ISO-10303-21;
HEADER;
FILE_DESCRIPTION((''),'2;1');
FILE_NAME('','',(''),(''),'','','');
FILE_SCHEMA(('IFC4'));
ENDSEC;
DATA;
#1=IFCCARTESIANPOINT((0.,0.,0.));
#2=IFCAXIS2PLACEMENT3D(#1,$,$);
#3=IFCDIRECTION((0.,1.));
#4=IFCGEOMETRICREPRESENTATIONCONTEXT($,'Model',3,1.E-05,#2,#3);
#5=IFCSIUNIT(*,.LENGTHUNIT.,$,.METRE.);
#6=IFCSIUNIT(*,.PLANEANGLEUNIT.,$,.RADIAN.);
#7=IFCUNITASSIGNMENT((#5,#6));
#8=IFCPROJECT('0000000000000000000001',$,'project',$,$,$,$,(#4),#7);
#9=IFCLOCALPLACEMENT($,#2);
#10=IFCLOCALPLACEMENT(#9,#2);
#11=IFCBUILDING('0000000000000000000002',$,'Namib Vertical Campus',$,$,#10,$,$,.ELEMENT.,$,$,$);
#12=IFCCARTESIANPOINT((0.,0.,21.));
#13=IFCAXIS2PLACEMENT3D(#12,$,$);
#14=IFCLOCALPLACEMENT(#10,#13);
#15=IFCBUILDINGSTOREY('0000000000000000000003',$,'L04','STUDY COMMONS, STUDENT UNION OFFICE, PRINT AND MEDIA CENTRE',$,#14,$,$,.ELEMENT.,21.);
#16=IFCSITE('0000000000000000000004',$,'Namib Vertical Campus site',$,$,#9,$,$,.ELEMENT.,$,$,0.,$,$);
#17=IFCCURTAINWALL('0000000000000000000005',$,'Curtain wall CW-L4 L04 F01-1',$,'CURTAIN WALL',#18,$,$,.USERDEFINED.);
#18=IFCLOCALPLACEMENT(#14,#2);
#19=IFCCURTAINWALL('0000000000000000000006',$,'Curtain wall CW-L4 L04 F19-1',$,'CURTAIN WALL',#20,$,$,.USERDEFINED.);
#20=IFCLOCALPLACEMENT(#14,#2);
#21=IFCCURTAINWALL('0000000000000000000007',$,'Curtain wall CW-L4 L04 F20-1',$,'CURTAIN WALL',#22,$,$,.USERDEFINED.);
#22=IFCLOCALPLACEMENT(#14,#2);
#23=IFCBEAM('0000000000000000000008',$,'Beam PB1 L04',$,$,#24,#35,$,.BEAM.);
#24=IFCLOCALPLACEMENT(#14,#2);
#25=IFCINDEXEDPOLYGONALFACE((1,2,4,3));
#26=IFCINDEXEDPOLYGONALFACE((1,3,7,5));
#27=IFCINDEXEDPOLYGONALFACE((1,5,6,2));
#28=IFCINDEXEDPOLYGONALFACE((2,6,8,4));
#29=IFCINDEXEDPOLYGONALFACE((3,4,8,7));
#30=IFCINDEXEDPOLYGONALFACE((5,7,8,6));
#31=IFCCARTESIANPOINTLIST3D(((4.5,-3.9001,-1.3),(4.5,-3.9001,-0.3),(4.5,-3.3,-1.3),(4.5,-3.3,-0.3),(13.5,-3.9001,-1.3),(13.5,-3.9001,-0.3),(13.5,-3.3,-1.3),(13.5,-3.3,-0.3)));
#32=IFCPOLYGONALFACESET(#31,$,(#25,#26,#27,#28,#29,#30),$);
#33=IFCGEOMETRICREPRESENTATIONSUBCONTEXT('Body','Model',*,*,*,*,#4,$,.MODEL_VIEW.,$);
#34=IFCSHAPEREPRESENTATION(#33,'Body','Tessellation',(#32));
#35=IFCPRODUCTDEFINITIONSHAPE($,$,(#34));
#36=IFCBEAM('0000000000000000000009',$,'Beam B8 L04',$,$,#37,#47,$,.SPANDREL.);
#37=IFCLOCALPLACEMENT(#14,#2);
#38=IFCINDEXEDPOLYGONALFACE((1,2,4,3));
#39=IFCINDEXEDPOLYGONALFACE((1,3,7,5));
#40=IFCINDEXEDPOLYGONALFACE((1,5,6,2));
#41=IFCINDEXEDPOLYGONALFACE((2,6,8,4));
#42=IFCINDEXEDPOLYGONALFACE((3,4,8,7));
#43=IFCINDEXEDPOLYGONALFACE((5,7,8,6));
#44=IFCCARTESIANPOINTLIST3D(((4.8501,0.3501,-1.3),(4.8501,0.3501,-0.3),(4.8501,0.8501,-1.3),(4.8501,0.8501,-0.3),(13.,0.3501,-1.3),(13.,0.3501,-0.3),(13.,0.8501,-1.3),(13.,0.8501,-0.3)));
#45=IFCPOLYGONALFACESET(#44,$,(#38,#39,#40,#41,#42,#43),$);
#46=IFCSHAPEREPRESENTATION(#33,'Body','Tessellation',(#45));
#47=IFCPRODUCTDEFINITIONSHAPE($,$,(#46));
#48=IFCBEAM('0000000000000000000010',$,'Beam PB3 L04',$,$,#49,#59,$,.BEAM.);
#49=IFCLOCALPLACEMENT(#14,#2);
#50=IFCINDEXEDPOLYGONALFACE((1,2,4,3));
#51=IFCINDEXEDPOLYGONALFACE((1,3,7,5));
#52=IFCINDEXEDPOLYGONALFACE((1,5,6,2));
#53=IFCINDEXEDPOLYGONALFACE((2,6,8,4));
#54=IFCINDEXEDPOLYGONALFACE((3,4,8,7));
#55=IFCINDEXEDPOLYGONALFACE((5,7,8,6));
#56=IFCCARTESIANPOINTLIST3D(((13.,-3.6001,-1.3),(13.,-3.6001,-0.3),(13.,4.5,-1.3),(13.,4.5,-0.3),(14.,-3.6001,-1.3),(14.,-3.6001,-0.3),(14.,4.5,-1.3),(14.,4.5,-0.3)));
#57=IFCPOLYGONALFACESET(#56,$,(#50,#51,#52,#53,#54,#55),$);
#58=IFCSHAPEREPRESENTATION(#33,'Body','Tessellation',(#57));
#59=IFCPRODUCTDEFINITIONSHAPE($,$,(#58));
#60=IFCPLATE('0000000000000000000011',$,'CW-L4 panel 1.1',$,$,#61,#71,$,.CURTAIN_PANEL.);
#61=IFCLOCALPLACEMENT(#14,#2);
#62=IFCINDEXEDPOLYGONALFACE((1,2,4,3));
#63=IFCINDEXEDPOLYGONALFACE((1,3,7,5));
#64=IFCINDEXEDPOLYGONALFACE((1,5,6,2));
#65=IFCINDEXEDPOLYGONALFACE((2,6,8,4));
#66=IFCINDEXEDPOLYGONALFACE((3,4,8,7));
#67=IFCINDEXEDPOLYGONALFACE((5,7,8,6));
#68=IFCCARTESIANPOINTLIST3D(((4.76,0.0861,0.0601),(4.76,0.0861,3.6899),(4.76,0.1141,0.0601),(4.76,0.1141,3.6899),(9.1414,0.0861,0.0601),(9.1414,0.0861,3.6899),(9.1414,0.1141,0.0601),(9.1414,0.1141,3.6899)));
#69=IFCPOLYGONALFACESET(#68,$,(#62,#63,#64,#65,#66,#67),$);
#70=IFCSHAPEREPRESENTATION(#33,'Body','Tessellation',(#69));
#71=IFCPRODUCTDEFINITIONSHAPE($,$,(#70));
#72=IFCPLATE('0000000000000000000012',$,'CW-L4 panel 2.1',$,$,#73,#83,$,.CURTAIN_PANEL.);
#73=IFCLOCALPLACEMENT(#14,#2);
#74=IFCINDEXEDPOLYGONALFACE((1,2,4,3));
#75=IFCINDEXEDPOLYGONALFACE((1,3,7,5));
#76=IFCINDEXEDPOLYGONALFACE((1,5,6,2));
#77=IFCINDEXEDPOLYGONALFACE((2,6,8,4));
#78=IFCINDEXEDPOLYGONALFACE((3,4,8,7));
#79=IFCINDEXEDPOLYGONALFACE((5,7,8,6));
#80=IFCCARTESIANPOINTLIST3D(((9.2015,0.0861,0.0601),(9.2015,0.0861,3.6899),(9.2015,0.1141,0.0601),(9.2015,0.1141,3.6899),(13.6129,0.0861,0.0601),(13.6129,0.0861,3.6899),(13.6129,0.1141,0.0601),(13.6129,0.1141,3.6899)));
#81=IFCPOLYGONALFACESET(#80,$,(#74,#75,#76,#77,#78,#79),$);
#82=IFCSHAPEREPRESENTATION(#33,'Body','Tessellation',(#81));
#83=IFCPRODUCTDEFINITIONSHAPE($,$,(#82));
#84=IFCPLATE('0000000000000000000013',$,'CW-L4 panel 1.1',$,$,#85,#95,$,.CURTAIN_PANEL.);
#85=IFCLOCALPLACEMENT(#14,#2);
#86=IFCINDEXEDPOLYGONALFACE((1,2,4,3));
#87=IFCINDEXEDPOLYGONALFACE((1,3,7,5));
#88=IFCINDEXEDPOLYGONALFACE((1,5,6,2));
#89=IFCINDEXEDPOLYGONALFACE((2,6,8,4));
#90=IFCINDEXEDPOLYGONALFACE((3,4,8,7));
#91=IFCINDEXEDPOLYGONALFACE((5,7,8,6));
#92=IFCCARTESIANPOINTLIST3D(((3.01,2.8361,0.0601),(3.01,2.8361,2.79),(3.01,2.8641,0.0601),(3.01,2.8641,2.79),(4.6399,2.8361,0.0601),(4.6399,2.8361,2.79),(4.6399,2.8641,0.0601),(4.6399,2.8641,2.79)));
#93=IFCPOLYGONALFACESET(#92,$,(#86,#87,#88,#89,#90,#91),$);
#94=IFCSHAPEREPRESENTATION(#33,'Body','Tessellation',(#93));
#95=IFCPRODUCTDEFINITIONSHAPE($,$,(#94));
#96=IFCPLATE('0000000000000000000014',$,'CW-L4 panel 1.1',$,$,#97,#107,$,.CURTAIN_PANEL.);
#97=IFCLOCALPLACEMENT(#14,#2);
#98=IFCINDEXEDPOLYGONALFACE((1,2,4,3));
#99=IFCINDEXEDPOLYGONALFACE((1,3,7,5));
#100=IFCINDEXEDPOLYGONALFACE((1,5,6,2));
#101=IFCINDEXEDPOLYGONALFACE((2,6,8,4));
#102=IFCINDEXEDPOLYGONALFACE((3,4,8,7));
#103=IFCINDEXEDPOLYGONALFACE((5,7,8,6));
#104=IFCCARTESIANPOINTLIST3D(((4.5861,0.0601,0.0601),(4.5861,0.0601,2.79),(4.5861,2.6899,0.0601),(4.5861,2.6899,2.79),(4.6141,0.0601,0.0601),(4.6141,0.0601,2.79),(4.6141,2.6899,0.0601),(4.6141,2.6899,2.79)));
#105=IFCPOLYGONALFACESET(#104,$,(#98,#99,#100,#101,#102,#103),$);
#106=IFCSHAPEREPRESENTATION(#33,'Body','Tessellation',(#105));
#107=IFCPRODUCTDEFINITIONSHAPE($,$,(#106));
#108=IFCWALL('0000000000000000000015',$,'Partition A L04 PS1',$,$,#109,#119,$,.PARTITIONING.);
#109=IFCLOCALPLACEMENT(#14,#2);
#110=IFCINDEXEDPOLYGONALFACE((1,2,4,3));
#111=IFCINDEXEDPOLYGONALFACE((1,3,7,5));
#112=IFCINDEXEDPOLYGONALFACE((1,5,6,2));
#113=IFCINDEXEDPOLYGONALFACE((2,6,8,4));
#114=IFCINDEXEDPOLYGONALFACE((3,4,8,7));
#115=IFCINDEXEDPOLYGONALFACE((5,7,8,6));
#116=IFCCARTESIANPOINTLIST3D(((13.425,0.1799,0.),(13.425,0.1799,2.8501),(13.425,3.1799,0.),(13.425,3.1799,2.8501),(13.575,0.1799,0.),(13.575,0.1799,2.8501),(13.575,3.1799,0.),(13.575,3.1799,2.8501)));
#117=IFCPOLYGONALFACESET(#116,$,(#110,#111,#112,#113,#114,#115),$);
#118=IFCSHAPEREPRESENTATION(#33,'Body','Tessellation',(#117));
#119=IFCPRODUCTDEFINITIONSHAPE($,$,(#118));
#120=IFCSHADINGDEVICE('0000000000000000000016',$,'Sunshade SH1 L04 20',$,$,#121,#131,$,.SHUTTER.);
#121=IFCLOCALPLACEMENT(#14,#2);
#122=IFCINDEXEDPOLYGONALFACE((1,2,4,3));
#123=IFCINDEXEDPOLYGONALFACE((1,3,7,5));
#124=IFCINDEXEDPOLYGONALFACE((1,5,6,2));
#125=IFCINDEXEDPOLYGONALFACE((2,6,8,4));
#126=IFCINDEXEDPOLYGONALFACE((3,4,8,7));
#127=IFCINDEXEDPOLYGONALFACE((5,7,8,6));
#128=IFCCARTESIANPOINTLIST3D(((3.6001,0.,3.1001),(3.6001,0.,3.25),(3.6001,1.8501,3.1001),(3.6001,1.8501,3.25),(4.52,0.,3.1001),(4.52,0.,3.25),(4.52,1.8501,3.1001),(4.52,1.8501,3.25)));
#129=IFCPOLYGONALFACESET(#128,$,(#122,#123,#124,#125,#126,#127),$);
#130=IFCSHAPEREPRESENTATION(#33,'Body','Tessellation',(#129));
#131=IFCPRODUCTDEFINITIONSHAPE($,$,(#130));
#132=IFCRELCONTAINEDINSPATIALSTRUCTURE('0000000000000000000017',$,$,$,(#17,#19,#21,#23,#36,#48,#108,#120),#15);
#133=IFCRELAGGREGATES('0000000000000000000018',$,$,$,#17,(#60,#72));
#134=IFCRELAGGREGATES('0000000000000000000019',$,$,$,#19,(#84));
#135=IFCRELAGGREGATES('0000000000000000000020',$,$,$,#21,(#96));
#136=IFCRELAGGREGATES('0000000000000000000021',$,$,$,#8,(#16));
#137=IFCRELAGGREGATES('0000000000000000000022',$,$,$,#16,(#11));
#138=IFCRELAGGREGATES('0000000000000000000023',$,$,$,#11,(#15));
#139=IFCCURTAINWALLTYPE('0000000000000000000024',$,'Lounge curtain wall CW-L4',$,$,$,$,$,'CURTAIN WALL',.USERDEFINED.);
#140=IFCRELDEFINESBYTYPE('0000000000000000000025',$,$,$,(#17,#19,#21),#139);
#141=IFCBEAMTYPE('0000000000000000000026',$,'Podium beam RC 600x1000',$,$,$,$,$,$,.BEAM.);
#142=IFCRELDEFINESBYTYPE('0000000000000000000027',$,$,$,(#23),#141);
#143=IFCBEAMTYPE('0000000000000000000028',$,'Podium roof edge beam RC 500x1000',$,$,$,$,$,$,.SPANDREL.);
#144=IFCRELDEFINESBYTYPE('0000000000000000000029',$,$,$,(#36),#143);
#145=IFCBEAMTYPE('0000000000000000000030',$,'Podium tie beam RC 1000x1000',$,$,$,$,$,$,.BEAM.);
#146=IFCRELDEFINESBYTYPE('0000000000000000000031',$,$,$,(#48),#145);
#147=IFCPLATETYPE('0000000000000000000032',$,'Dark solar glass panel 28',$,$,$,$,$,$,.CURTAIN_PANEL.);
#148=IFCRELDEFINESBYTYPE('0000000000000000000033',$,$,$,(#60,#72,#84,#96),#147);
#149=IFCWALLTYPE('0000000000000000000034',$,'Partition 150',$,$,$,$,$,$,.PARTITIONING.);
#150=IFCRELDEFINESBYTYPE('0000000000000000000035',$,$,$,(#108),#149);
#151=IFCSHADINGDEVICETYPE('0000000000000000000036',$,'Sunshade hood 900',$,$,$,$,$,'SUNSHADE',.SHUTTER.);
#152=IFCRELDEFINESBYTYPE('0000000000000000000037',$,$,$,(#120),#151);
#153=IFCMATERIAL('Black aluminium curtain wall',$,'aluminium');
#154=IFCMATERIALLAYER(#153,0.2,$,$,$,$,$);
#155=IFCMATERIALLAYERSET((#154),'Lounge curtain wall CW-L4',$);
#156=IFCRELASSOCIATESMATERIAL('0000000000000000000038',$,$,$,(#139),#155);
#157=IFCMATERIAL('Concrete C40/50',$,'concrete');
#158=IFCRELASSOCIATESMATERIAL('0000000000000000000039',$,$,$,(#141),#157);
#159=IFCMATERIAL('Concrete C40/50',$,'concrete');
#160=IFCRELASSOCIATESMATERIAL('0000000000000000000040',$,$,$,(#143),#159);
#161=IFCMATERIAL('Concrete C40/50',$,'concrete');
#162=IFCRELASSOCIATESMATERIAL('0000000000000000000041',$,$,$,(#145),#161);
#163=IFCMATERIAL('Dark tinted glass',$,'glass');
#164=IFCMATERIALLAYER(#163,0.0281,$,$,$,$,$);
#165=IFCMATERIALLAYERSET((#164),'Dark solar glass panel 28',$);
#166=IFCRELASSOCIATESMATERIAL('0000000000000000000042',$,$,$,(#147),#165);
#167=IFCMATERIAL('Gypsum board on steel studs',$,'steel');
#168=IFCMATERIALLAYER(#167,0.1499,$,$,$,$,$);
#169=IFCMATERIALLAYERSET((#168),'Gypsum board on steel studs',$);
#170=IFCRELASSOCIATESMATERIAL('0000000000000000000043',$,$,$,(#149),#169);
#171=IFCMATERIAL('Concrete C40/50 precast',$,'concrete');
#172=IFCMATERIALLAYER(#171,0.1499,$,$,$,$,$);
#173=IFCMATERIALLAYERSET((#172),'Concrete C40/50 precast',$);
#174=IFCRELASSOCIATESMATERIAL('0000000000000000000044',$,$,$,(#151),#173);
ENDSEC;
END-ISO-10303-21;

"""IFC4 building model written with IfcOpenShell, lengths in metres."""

from ifc_helpers import new_model, si_unit, direction, frame, frame_2d, origin, origin_2d, place, context, subcontext, project, spatial, rectangle, extrude, material, layer, layer_set, material_profile, profile_set, type_object, element, aggregate, save


model = new_model("IFC4")

# Units and contexts
model_context = context("Model", 3, precision=1e-05, world=origin(), true_north=direction((0.0, 1.0)))
body_context = subcontext(model_context, "Body", "Model", "MODEL_VIEW")
ifc_project = project(units=[si_unit("LENGTHUNIT", "METRE"), si_unit("PLANEANGLEUNIT", "RADIAN")], contexts=[model_context])

# Site, building, storey
site_placement = place(None, origin())
site = spatial("IfcSite", under=ifc_project, at=site_placement, Name="Namib Vertical Campus site", CompositionType="ELEMENT", RefElevation=0.0)
building_placement = place(site_placement, origin())
building = spatial("IfcBuilding", under=site, at=building_placement, Name="Namib Vertical Campus", CompositionType="ELEMENT")
storey_placement = place(building_placement, frame((0.0, 0.0, 21.0)))
storey = spatial("IfcBuildingStorey", under=building, at=storey_placement, Name="L04", Description="STUDY COMMONS, STUDENT UNION OFFICE, PRINT AND MEDIA CENTRE", CompositionType="ELEMENT", Elevation=21.0)

# Curtain wall
ifc_material_1 = material(Name="Black aluminium curtain wall", Category="aluminium")
ifc_layer_1 = layer(ifc_material_1, 0.2)
ifc_layer_set_1 = layer_set([ifc_layer_1], Name="Lounge curtain wall CW-L4")
curtain_wall_type = type_object("IfcCurtainWallType", Name="Lounge curtain wall CW-L4", ElementType="CURTAIN WALL", PredefinedType="USERDEFINED", material=ifc_layer_set_1)
curtain_wall_1_placement = place(storey_placement, origin())
curtain_wall_1 = element("IfcCurtainWall", 1, at=curtain_wall_1_placement, inside=storey, type_object=curtain_wall_type, Name="Curtain wall CW-L4 L04 F01-1", ObjectType="CURTAIN WALL", PredefinedType="USERDEFINED")

# Curtain wall
curtain_wall_2_placement = place(storey_placement, origin())
curtain_wall_2 = element("IfcCurtainWall", 2, at=curtain_wall_2_placement, inside=storey, type_object=curtain_wall_type, Name="Curtain wall CW-L4 L04 F19-1", ObjectType="CURTAIN WALL", PredefinedType="USERDEFINED")

# Curtain wall
curtain_wall_3_placement = place(storey_placement, origin())
curtain_wall_3 = element("IfcCurtainWall", 3, at=curtain_wall_3_placement, inside=storey, type_object=curtain_wall_type, Name="Curtain wall CW-L4 L04 F20-1", ObjectType="CURTAIN WALL", PredefinedType="USERDEFINED")

# Beams
ifc_material_2 = material(Name="Concrete C40/50", Category="concrete")
ifc_material_profile_1 = material_profile(ifc_material_2, rectangle(XDim=0.6001, YDim=1.0, at=origin_2d()))
ifc_profile_set_1 = profile_set([ifc_material_profile_1], Name="Concrete C40/50")
beam_type_1 = type_object("IfcBeamType", Name="Podium beam RC 600x1000", PredefinedType="BEAM", material=ifc_profile_set_1)
beam_1_placement = place(storey_placement, frame((4.5, -3.6001, -0.8), z_axis=(1.0, 0.0, 0.0), x_axis=(0.0, 1.0, 0.0)))
element("IfcBeam", 4, at=beam_1_placement, inside=storey, type_object=beam_type_1, Name="Beam PB1 L04", PredefinedType="BEAM", context=body_context, shape_type="SweptSolid", body=[
    extrude(rectangle(XDim=0.6001, YDim=1.0, at=origin_2d()), origin(), (0.0, 0.0, 1.0), 9.0),
])
ifc_material_3 = material(Name="Concrete C40/50", Category="concrete")
ifc_material_profile_2 = material_profile(ifc_material_3, rectangle(XDim=0.5, YDim=1.0, at=origin_2d()))
ifc_profile_set_2 = profile_set([ifc_material_profile_2], Name="Concrete C40/50")
beam_type_2 = type_object("IfcBeamType", Name="Podium roof edge beam RC 500x1000", PredefinedType="SPANDREL", material=ifc_profile_set_2)
beam_2_placement = place(storey_placement, frame((4.8501, 0.6001, -0.8), z_axis=(1.0, 0.0, 0.0), x_axis=(0.0, 1.0, 0.0)))
element("IfcBeam", 5, at=beam_2_placement, inside=storey, type_object=beam_type_2, Name="Beam B8 L04", PredefinedType="SPANDREL", context=body_context, shape_type="SweptSolid", body=[
    extrude(rectangle(XDim=0.5, YDim=1.0, at=origin_2d()), origin(), (0.0, 0.0, 1.0), 8.1499),
])
ifc_material_4 = material(Name="Concrete C40/50", Category="concrete")
ifc_material_profile_3 = material_profile(ifc_material_4, rectangle(XDim=1.0, YDim=1.0, at=origin_2d()))
ifc_profile_set_3 = profile_set([ifc_material_profile_3], Name="Concrete C40/50")
beam_type_3 = type_object("IfcBeamType", Name="Podium tie beam RC 1000x1000", PredefinedType="BEAM", material=ifc_profile_set_3)
beam_3_placement = place(storey_placement, frame((13.5, -3.6001, -0.8), z_axis=(0.0, 1.0, 0.0), x_axis=(-1.0, 0.0, 0.0)))
element("IfcBeam", 6, at=beam_3_placement, inside=storey, type_object=beam_type_3, Name="Beam PB3 L04", PredefinedType="BEAM", context=body_context, shape_type="SweptSolid", body=[
    extrude(rectangle(XDim=1.0, YDim=1.0, at=origin_2d()), origin(), (0.0, 0.0, 1.0), 8.1001),
])

# Plates
ifc_material_5 = material(Name="Dark tinted glass", Category="glass")
ifc_layer_2 = layer(ifc_material_5, 0.0281)
ifc_layer_set_2 = layer_set([ifc_layer_2], Name="Dark solar glass panel 28")
plate_type = type_object("IfcPlateType", Name="Dark solar glass panel 28", PredefinedType="CURTAIN_PANEL", material=ifc_layer_set_2)
plate_1_placement = place(storey_placement, frame((6.9507, 0.1001, 0.0601), z_axis=(0.0, 0.0, 1.0), x_axis=(1.0, 0.0, 0.0)))
plate_1 = element("IfcPlate", 7, at=plate_1_placement, type_object=plate_type, Name="CW-L4 panel 1.1", PredefinedType="CURTAIN_PANEL", context=body_context, shape_type="SweptSolid", body=[
    extrude(rectangle(XDim=4.3813, YDim=0.0281, at=origin_2d()), origin(), (0.0, 0.0, 1.0), 3.6299),
])
plate_2_placement = place(storey_placement, frame((11.4072, 0.1001, 0.0601), z_axis=(0.0, 0.0, 1.0), x_axis=(1.0, 0.0, 0.0)))
plate_2 = element("IfcPlate", 8, at=plate_2_placement, type_object=plate_type, Name="CW-L4 panel 2.1", PredefinedType="CURTAIN_PANEL", context=body_context, shape_type="SweptSolid", body=[
    extrude(rectangle(XDim=4.4114, YDim=0.0281, at=origin_2d()), origin(), (0.0, 0.0, 1.0), 3.6299),
])
aggregate(curtain_wall_1, [plate_1, plate_2])
plate_3_placement = place(storey_placement, frame((3.825, 2.8501, 0.0601), z_axis=(0.0, 0.0, 1.0), x_axis=(1.0, 0.0, 0.0)))
plate_3 = element("IfcPlate", 9, at=plate_3_placement, type_object=plate_type, Name="CW-L4 panel 1.1", PredefinedType="CURTAIN_PANEL", context=body_context, shape_type="SweptSolid", body=[
    extrude(rectangle(XDim=1.6299, YDim=0.0281, at=origin_2d()), origin(), (0.0, 0.0, 1.0), 2.73),
])
aggregate(curtain_wall_2, [plate_3])
plate_4_placement = place(storey_placement, frame((4.6001, 1.375, 0.0601), z_axis=(0.0, 0.0, 1.0), x_axis=(0.0, -1.0, 0.0)))
plate_4 = element("IfcPlate", 10, at=plate_4_placement, type_object=plate_type, Name="CW-L4 panel 1.1", PredefinedType="CURTAIN_PANEL", context=body_context, shape_type="SweptSolid", body=[
    extrude(rectangle(XDim=2.6299, YDim=0.0281, at=origin_2d()), origin(), (0.0, 0.0, 1.0), 2.73),
])
aggregate(curtain_wall_3, [plate_4])

# Wall
ifc_material_6 = material(Name="Gypsum board on steel studs", Category="steel")
ifc_layer_3 = layer(ifc_material_6, 0.1499)
ifc_layer_set_3 = layer_set([ifc_layer_3], Name="Gypsum board on steel studs")
wall_type = type_object("IfcWallType", Name="Partition 150", PredefinedType="PARTITIONING", material=ifc_layer_set_3)
wall_placement = place(storey_placement, frame((13.5, 0.1799, 0.0), z_axis=(0.0, 0.0, 1.0), x_axis=(0.0, 1.0, 0.0)))
element("IfcWall", 11, at=wall_placement, inside=storey, type_object=wall_type, Name="Partition A L04 PS1", PredefinedType="PARTITIONING", context=body_context, shape_type="SweptSolid", body=[
    extrude(rectangle(XDim=3.0, YDim=0.1499, at=frame_2d((1.5, 0.0))), origin(), (0.0, 0.0, 1.0), 2.8501),
])

# Shading device
ifc_material_7 = material(Name="Concrete C40/50 precast", Category="concrete")
ifc_layer_4 = layer(ifc_material_7, 0.1499)
ifc_layer_set_4 = layer_set([ifc_layer_4], Name="Concrete C40/50 precast")
shading_device_type = type_object("IfcShadingDeviceType", Name="Sunshade hood 900", ElementType="SUNSHADE", PredefinedType="SHUTTER", material=ifc_layer_set_4)
shading_device_placement = place(storey_placement, frame((4.0601, 0.925, 3.1001), z_axis=(0.0, 0.0, 1.0), x_axis=(0.0, -1.0, 0.0)))
element("IfcShadingDevice", 12, at=shading_device_placement, inside=storey, type_object=shading_device_type, Name="Sunshade SH1 L04 20", PredefinedType="SHUTTER", context=body_context, shape_type="SweptSolid", body=[
    extrude(rectangle(XDim=1.8501, YDim=0.9199, at=origin_2d()), origin(), (0.0, 0.0, 1.0), 0.1499),
])

save(model, "model.ifc")
